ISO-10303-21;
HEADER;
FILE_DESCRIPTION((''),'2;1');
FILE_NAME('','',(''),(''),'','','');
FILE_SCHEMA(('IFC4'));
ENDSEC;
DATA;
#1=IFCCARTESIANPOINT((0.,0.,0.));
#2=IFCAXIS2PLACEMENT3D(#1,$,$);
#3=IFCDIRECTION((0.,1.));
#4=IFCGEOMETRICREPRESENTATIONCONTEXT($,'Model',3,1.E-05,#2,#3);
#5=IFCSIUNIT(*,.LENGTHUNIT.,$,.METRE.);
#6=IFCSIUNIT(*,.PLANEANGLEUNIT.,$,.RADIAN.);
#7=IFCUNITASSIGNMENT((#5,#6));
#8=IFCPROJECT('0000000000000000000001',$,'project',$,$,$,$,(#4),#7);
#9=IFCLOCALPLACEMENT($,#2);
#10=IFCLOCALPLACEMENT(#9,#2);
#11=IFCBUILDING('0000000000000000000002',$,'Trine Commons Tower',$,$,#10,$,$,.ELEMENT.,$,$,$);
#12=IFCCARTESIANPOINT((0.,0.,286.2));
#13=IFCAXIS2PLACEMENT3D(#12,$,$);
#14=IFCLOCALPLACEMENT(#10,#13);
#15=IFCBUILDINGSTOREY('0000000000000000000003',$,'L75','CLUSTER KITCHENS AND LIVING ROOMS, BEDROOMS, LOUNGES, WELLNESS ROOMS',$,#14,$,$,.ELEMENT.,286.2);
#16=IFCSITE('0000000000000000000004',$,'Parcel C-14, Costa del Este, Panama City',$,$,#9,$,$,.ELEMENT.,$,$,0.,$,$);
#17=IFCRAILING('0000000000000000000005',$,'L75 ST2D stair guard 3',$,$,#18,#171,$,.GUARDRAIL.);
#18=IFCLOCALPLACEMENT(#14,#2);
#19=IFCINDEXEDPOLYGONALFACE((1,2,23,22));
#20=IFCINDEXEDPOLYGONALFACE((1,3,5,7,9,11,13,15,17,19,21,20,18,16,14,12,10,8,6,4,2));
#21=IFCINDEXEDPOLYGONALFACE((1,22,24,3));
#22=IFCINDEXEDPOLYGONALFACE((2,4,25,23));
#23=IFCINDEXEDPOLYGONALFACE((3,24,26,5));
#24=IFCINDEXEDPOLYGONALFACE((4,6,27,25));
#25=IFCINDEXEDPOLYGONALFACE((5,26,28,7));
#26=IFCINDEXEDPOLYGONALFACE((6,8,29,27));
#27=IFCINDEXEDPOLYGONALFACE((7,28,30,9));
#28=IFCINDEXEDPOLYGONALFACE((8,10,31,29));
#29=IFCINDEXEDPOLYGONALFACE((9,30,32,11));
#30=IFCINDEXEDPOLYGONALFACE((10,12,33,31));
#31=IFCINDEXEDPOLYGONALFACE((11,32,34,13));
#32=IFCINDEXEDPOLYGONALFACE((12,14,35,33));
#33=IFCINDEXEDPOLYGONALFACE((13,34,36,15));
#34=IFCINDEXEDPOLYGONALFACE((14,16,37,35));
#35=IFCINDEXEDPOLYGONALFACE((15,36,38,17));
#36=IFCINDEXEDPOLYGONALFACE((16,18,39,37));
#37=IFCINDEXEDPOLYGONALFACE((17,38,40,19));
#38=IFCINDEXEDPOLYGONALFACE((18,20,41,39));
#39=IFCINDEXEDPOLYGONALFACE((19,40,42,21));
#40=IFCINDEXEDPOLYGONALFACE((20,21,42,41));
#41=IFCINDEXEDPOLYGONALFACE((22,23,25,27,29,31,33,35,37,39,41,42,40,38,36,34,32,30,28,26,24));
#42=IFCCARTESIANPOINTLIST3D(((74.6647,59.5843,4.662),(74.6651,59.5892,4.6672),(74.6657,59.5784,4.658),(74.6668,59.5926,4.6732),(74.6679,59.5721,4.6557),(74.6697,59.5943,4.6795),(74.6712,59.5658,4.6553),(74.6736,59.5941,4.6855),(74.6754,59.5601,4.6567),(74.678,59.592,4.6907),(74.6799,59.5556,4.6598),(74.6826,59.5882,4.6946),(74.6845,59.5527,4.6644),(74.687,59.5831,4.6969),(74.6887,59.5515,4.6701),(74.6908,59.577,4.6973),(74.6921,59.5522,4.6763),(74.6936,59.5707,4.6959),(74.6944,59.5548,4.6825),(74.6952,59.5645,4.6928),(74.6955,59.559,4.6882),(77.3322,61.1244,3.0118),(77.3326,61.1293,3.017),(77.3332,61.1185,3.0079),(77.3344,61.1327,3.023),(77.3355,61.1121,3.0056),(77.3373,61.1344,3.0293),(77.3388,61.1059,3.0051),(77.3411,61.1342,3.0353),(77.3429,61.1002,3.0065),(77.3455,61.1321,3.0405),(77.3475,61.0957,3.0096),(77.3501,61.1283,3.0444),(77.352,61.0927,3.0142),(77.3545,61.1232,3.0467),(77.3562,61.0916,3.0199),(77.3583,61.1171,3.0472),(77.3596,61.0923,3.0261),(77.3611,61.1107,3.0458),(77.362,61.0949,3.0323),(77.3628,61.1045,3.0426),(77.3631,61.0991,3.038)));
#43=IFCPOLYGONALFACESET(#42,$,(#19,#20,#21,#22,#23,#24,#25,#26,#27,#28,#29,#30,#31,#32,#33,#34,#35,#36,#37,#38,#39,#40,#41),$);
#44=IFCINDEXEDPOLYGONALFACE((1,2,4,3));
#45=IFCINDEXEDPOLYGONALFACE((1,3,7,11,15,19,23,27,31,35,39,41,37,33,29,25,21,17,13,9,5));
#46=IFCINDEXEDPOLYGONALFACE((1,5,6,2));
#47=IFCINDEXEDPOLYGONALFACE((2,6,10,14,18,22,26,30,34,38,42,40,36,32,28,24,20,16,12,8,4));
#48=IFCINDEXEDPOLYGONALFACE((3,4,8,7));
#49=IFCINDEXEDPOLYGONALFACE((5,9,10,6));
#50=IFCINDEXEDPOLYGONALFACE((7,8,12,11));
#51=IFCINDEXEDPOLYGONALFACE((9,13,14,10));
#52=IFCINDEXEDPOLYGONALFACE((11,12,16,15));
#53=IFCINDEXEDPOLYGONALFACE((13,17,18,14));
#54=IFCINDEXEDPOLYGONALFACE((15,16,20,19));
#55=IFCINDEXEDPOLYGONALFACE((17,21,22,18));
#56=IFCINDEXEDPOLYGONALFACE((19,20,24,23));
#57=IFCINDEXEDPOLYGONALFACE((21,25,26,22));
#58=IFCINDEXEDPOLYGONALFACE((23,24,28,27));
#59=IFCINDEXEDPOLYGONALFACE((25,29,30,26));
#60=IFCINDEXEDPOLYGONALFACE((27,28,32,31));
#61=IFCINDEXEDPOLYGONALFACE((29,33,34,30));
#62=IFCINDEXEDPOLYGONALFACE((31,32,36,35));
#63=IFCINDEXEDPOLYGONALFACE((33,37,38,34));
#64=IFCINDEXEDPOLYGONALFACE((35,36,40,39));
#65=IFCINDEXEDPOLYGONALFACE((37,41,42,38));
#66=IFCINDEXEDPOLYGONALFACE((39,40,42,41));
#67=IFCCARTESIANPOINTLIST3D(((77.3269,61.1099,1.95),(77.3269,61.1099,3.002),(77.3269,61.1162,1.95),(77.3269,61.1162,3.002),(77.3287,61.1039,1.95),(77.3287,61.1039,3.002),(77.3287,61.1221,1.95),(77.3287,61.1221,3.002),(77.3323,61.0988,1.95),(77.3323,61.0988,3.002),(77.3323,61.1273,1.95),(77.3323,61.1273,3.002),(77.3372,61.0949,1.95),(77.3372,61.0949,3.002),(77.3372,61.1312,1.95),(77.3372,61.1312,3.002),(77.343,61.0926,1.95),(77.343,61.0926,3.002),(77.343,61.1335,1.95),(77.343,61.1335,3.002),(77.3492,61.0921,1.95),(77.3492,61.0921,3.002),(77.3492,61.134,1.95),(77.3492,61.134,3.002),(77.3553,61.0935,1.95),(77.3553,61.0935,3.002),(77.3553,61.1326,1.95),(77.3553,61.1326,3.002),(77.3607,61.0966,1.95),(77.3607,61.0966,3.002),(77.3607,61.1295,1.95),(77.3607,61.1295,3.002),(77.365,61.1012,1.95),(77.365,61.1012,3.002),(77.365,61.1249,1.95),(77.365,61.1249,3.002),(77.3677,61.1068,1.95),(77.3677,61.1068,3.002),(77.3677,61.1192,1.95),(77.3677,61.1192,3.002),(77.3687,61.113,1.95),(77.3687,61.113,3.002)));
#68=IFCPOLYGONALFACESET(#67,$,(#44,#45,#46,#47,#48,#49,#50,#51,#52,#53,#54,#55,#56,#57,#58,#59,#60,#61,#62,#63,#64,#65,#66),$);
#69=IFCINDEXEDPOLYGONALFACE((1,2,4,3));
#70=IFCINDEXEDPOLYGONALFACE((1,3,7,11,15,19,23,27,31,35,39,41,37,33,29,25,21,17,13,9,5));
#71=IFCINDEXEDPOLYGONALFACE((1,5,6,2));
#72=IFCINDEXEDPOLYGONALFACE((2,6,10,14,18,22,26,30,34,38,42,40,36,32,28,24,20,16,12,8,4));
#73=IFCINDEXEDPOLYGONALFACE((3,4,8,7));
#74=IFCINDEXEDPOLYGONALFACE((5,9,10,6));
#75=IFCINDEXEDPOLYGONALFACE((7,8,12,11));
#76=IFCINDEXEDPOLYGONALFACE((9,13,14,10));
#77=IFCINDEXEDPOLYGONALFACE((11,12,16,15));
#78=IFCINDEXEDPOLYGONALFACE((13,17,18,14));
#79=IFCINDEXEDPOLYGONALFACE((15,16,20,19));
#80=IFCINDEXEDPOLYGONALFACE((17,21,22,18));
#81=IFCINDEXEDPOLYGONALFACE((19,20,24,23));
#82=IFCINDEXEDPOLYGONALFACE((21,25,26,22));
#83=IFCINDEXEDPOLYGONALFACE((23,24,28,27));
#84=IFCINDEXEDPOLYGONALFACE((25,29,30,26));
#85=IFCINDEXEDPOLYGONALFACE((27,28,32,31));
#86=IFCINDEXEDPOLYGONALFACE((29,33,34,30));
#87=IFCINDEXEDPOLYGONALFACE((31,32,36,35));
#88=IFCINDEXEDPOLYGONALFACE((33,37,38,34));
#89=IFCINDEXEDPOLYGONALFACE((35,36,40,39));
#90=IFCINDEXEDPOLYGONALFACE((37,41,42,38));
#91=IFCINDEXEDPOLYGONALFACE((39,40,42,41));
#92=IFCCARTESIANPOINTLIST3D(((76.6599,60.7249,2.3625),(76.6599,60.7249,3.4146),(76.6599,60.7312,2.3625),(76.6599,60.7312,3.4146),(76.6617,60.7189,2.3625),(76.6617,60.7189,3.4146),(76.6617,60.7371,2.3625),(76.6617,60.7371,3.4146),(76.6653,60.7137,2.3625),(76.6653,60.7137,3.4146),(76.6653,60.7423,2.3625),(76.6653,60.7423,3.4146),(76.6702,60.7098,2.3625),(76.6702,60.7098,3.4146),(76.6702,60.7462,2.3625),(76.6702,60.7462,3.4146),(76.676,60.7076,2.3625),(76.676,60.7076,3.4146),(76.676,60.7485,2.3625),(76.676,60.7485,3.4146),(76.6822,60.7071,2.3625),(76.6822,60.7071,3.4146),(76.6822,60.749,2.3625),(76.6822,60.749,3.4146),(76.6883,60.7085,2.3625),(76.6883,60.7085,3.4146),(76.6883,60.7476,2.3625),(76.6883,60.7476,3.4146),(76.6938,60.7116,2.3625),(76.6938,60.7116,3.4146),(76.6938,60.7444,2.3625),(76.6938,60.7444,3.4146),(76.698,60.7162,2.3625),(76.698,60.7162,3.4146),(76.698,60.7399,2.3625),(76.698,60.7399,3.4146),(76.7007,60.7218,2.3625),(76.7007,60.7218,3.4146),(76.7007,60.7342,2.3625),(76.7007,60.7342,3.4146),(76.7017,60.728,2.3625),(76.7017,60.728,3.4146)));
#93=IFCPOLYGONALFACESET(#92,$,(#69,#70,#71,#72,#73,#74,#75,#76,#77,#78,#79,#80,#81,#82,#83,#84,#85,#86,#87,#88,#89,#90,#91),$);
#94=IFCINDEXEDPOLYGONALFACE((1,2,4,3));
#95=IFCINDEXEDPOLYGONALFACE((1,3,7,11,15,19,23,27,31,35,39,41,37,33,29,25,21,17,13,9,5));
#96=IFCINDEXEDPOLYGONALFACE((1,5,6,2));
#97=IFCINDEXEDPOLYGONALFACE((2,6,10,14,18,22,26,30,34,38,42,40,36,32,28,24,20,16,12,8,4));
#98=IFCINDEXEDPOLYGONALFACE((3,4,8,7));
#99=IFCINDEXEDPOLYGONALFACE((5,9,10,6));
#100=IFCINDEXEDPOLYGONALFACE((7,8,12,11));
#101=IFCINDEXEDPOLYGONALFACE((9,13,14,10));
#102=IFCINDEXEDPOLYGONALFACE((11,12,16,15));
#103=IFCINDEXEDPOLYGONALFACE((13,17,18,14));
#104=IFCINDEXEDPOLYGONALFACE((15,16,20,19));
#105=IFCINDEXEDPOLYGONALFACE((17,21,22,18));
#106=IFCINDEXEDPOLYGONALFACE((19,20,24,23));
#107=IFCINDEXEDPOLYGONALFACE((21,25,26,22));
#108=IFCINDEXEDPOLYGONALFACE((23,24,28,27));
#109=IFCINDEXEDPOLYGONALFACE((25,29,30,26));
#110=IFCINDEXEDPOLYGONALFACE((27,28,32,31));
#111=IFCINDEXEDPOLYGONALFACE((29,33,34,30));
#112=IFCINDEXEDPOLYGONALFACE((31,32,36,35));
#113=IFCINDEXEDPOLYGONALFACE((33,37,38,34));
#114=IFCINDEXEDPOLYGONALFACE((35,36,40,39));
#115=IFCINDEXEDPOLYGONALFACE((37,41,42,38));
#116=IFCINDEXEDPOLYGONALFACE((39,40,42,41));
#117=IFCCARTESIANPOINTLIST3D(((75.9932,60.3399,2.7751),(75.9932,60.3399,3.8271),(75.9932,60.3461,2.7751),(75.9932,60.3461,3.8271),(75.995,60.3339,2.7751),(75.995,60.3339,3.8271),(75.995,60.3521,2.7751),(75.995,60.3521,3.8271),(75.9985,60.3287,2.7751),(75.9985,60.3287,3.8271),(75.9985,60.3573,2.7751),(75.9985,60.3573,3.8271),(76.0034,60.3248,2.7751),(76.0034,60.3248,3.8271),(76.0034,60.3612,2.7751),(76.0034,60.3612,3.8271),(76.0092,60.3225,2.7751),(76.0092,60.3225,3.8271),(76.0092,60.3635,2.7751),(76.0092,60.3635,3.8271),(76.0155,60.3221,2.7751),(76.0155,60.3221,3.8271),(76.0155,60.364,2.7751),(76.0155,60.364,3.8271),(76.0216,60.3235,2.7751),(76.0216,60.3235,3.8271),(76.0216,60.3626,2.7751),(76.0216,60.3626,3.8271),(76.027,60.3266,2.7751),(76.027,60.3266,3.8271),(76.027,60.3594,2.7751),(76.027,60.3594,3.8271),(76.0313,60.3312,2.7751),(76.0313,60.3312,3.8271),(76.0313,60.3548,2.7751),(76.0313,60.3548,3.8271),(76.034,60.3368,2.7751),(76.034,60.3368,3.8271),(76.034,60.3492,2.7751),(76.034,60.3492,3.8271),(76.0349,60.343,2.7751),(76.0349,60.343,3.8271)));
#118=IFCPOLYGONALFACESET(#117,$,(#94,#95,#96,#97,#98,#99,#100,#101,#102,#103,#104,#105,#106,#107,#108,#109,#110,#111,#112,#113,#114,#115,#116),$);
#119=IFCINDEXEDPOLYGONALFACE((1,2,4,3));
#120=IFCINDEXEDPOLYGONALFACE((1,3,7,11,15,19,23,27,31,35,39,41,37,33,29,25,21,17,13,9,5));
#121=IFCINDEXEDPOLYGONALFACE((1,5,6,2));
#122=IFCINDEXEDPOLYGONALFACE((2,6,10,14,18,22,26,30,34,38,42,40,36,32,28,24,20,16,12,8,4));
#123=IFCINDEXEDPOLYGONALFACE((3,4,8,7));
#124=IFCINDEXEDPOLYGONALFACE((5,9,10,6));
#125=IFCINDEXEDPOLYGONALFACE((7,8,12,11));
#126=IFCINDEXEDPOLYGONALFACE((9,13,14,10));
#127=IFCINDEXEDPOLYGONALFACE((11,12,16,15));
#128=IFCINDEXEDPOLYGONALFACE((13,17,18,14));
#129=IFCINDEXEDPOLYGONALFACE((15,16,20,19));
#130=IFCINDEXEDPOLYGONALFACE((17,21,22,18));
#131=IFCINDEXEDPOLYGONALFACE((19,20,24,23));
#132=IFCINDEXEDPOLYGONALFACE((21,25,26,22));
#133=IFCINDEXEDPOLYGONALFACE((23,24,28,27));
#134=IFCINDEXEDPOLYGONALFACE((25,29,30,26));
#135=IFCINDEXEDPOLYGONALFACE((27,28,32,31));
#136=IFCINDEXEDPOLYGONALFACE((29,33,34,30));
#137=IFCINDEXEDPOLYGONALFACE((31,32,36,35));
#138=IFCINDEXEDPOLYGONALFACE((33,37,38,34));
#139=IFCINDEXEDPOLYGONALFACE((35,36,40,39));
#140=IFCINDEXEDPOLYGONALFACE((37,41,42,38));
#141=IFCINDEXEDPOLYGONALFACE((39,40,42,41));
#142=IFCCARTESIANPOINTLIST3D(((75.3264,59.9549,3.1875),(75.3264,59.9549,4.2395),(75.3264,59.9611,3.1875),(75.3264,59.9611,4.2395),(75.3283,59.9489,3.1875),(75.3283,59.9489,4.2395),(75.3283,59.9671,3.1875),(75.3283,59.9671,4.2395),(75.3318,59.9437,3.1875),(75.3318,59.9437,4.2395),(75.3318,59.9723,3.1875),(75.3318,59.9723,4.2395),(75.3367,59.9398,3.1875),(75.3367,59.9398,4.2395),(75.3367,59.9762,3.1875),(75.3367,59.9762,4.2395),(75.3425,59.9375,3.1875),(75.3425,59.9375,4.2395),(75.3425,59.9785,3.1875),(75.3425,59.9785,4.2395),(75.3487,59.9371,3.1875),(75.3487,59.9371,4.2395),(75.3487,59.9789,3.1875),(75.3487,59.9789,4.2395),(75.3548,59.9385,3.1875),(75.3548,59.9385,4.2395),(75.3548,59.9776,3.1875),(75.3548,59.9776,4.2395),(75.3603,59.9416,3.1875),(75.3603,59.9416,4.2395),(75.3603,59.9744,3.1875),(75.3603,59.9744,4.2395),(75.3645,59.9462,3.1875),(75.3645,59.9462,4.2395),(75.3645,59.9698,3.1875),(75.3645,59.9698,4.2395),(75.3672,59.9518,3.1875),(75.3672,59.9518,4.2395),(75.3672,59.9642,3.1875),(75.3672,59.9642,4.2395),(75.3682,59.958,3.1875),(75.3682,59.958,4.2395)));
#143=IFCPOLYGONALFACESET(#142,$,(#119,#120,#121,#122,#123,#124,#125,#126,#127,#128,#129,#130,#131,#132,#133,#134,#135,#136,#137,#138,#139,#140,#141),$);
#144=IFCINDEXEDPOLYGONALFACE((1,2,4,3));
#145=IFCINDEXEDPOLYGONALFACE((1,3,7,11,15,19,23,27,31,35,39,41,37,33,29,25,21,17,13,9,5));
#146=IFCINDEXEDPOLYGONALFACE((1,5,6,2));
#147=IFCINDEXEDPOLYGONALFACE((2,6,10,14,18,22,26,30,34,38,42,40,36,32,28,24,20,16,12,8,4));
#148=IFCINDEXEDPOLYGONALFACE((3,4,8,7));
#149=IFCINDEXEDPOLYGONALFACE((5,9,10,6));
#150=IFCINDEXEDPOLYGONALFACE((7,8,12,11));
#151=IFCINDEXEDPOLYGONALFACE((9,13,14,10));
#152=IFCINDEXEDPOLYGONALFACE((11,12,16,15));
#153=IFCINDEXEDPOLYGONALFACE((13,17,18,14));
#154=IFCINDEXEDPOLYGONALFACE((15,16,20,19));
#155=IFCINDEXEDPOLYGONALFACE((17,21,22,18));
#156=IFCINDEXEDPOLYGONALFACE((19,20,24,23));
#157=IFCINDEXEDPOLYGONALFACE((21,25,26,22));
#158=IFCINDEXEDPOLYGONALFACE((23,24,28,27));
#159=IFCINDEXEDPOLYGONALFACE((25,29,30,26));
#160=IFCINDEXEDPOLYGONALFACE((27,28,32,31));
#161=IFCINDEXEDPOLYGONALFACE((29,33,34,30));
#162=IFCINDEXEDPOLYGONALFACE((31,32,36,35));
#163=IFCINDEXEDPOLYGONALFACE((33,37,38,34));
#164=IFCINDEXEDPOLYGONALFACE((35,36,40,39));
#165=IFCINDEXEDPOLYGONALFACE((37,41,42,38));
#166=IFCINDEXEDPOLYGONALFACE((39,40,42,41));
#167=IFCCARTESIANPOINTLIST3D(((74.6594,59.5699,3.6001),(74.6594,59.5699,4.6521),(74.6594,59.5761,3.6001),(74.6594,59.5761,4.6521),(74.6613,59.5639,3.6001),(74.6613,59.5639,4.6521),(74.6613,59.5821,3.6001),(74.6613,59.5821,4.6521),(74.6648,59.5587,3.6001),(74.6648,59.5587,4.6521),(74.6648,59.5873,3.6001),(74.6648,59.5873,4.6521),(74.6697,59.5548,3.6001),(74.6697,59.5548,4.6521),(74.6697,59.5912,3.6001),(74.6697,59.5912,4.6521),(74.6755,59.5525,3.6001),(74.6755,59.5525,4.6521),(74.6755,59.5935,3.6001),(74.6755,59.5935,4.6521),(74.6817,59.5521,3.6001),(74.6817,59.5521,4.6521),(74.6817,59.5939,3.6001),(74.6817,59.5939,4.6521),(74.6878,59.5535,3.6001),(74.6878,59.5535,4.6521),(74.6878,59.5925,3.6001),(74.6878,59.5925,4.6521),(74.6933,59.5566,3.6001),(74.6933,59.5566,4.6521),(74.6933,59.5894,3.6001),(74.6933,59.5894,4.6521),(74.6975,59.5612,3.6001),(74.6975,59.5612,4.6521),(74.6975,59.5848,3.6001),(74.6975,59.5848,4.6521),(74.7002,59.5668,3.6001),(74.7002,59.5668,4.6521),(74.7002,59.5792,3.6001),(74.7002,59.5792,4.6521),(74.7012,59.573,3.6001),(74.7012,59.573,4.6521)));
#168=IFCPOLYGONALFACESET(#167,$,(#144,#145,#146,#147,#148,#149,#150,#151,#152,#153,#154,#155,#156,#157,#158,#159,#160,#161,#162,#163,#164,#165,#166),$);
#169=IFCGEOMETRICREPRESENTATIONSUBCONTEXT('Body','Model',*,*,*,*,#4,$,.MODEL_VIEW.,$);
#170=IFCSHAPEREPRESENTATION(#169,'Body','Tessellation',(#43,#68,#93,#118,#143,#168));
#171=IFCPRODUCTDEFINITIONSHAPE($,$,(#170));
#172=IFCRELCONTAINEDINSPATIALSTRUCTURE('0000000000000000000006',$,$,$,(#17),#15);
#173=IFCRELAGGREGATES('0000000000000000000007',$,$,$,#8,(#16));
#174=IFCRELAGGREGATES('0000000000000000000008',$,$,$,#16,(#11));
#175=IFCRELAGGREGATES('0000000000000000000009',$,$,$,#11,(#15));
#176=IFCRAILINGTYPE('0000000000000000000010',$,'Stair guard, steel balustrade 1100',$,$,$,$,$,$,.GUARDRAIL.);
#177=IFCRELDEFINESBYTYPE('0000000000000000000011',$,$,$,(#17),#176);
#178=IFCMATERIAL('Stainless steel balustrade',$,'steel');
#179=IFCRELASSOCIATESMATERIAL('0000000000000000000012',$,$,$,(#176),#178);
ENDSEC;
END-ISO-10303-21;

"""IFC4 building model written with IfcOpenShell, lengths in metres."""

from ifc_helpers import new_model, si_unit, direction, frame, origin, origin_2d, place, context, subcontext, project, spatial, circle, extrude, material, type_object, element, save


model = new_model("IFC4")

# Units and contexts
model_context = context("Model", 3, precision=1e-05, world=origin(), true_north=direction((0.0, 1.0)))
body_context = subcontext(model_context, "Body", "Model", "MODEL_VIEW")
ifc_project = project(units=[si_unit("LENGTHUNIT", "METRE"), si_unit("PLANEANGLEUNIT", "RADIAN")], contexts=[model_context])

# Site, building, storey
site_placement = place(None, origin())
site = spatial("IfcSite", under=ifc_project, at=site_placement, Name="Parcel C-14, Costa del Este, Panama City", CompositionType="ELEMENT", RefElevation=0.0)
building_placement = place(site_placement, origin())
building = spatial("IfcBuilding", under=site, at=building_placement, Name="Trine Commons Tower", CompositionType="ELEMENT")
storey_placement = place(building_placement, frame((0.0, 0.0, 286.2)))
storey = spatial("IfcBuildingStorey", under=building, at=storey_placement, Name="L75", Description="CLUSTER KITCHENS AND LIVING ROOMS, BEDROOMS, LOUNGES, WELLNESS ROOMS", CompositionType="ELEMENT", Elevation=286.2)

# Railing
ifc_material_1 = material(Name="Stainless steel balustrade", Category="steel")
railing_type_1 = type_object("IfcRailingType", Name="Stair guard, steel balustrade 1100", PredefinedType="GUARDRAIL", material=ifc_material_1)
railing_1_placement = place(storey_placement, frame((77.3477, 61.113, 1.95)))
element("IfcRailing", 1, at=railing_1_placement, inside=storey, type_object=railing_type_1, Name="L75 ST2D stair guard 3", PredefinedType="GUARDRAIL", context=body_context, shape_type="SweptSolid", body=[
    extrude(circle(Radius=0.0239, at=origin_2d()), frame((0.0, 0.0, 1.0762), z_axis=(-0.76338, -0.440728, 0.472239), x_axis=(0.499992, -0.86603, 0.0)), (0.0, 0.0, 1.0), 3.4944),
    extrude(circle(Radius=0.021, at=origin_2d()), origin(), (0.0, 0.0, 1.0), 1.052),
    extrude(circle(Radius=0.021, at=origin_2d()), frame((-0.667, -0.385, 0.4126)), (0.0, 0.0, 1.0), 1.052),
    extrude(circle(Radius=0.021, at=origin_2d()), frame((-1.3337, -0.77, 0.8252)), (0.0, 0.0, 1.0), 1.052),
    extrude(circle(Radius=0.021, at=origin_2d()), frame((-2.0005, -1.155, 1.2375)), (0.0, 0.0, 1.0), 1.052),
    extrude(circle(Radius=0.021, at=origin_2d()), frame((-2.6675, -1.54, 1.6501)), (0.0, 0.0, 1.0), 1.052),
])

save(model, "model.ifc")
